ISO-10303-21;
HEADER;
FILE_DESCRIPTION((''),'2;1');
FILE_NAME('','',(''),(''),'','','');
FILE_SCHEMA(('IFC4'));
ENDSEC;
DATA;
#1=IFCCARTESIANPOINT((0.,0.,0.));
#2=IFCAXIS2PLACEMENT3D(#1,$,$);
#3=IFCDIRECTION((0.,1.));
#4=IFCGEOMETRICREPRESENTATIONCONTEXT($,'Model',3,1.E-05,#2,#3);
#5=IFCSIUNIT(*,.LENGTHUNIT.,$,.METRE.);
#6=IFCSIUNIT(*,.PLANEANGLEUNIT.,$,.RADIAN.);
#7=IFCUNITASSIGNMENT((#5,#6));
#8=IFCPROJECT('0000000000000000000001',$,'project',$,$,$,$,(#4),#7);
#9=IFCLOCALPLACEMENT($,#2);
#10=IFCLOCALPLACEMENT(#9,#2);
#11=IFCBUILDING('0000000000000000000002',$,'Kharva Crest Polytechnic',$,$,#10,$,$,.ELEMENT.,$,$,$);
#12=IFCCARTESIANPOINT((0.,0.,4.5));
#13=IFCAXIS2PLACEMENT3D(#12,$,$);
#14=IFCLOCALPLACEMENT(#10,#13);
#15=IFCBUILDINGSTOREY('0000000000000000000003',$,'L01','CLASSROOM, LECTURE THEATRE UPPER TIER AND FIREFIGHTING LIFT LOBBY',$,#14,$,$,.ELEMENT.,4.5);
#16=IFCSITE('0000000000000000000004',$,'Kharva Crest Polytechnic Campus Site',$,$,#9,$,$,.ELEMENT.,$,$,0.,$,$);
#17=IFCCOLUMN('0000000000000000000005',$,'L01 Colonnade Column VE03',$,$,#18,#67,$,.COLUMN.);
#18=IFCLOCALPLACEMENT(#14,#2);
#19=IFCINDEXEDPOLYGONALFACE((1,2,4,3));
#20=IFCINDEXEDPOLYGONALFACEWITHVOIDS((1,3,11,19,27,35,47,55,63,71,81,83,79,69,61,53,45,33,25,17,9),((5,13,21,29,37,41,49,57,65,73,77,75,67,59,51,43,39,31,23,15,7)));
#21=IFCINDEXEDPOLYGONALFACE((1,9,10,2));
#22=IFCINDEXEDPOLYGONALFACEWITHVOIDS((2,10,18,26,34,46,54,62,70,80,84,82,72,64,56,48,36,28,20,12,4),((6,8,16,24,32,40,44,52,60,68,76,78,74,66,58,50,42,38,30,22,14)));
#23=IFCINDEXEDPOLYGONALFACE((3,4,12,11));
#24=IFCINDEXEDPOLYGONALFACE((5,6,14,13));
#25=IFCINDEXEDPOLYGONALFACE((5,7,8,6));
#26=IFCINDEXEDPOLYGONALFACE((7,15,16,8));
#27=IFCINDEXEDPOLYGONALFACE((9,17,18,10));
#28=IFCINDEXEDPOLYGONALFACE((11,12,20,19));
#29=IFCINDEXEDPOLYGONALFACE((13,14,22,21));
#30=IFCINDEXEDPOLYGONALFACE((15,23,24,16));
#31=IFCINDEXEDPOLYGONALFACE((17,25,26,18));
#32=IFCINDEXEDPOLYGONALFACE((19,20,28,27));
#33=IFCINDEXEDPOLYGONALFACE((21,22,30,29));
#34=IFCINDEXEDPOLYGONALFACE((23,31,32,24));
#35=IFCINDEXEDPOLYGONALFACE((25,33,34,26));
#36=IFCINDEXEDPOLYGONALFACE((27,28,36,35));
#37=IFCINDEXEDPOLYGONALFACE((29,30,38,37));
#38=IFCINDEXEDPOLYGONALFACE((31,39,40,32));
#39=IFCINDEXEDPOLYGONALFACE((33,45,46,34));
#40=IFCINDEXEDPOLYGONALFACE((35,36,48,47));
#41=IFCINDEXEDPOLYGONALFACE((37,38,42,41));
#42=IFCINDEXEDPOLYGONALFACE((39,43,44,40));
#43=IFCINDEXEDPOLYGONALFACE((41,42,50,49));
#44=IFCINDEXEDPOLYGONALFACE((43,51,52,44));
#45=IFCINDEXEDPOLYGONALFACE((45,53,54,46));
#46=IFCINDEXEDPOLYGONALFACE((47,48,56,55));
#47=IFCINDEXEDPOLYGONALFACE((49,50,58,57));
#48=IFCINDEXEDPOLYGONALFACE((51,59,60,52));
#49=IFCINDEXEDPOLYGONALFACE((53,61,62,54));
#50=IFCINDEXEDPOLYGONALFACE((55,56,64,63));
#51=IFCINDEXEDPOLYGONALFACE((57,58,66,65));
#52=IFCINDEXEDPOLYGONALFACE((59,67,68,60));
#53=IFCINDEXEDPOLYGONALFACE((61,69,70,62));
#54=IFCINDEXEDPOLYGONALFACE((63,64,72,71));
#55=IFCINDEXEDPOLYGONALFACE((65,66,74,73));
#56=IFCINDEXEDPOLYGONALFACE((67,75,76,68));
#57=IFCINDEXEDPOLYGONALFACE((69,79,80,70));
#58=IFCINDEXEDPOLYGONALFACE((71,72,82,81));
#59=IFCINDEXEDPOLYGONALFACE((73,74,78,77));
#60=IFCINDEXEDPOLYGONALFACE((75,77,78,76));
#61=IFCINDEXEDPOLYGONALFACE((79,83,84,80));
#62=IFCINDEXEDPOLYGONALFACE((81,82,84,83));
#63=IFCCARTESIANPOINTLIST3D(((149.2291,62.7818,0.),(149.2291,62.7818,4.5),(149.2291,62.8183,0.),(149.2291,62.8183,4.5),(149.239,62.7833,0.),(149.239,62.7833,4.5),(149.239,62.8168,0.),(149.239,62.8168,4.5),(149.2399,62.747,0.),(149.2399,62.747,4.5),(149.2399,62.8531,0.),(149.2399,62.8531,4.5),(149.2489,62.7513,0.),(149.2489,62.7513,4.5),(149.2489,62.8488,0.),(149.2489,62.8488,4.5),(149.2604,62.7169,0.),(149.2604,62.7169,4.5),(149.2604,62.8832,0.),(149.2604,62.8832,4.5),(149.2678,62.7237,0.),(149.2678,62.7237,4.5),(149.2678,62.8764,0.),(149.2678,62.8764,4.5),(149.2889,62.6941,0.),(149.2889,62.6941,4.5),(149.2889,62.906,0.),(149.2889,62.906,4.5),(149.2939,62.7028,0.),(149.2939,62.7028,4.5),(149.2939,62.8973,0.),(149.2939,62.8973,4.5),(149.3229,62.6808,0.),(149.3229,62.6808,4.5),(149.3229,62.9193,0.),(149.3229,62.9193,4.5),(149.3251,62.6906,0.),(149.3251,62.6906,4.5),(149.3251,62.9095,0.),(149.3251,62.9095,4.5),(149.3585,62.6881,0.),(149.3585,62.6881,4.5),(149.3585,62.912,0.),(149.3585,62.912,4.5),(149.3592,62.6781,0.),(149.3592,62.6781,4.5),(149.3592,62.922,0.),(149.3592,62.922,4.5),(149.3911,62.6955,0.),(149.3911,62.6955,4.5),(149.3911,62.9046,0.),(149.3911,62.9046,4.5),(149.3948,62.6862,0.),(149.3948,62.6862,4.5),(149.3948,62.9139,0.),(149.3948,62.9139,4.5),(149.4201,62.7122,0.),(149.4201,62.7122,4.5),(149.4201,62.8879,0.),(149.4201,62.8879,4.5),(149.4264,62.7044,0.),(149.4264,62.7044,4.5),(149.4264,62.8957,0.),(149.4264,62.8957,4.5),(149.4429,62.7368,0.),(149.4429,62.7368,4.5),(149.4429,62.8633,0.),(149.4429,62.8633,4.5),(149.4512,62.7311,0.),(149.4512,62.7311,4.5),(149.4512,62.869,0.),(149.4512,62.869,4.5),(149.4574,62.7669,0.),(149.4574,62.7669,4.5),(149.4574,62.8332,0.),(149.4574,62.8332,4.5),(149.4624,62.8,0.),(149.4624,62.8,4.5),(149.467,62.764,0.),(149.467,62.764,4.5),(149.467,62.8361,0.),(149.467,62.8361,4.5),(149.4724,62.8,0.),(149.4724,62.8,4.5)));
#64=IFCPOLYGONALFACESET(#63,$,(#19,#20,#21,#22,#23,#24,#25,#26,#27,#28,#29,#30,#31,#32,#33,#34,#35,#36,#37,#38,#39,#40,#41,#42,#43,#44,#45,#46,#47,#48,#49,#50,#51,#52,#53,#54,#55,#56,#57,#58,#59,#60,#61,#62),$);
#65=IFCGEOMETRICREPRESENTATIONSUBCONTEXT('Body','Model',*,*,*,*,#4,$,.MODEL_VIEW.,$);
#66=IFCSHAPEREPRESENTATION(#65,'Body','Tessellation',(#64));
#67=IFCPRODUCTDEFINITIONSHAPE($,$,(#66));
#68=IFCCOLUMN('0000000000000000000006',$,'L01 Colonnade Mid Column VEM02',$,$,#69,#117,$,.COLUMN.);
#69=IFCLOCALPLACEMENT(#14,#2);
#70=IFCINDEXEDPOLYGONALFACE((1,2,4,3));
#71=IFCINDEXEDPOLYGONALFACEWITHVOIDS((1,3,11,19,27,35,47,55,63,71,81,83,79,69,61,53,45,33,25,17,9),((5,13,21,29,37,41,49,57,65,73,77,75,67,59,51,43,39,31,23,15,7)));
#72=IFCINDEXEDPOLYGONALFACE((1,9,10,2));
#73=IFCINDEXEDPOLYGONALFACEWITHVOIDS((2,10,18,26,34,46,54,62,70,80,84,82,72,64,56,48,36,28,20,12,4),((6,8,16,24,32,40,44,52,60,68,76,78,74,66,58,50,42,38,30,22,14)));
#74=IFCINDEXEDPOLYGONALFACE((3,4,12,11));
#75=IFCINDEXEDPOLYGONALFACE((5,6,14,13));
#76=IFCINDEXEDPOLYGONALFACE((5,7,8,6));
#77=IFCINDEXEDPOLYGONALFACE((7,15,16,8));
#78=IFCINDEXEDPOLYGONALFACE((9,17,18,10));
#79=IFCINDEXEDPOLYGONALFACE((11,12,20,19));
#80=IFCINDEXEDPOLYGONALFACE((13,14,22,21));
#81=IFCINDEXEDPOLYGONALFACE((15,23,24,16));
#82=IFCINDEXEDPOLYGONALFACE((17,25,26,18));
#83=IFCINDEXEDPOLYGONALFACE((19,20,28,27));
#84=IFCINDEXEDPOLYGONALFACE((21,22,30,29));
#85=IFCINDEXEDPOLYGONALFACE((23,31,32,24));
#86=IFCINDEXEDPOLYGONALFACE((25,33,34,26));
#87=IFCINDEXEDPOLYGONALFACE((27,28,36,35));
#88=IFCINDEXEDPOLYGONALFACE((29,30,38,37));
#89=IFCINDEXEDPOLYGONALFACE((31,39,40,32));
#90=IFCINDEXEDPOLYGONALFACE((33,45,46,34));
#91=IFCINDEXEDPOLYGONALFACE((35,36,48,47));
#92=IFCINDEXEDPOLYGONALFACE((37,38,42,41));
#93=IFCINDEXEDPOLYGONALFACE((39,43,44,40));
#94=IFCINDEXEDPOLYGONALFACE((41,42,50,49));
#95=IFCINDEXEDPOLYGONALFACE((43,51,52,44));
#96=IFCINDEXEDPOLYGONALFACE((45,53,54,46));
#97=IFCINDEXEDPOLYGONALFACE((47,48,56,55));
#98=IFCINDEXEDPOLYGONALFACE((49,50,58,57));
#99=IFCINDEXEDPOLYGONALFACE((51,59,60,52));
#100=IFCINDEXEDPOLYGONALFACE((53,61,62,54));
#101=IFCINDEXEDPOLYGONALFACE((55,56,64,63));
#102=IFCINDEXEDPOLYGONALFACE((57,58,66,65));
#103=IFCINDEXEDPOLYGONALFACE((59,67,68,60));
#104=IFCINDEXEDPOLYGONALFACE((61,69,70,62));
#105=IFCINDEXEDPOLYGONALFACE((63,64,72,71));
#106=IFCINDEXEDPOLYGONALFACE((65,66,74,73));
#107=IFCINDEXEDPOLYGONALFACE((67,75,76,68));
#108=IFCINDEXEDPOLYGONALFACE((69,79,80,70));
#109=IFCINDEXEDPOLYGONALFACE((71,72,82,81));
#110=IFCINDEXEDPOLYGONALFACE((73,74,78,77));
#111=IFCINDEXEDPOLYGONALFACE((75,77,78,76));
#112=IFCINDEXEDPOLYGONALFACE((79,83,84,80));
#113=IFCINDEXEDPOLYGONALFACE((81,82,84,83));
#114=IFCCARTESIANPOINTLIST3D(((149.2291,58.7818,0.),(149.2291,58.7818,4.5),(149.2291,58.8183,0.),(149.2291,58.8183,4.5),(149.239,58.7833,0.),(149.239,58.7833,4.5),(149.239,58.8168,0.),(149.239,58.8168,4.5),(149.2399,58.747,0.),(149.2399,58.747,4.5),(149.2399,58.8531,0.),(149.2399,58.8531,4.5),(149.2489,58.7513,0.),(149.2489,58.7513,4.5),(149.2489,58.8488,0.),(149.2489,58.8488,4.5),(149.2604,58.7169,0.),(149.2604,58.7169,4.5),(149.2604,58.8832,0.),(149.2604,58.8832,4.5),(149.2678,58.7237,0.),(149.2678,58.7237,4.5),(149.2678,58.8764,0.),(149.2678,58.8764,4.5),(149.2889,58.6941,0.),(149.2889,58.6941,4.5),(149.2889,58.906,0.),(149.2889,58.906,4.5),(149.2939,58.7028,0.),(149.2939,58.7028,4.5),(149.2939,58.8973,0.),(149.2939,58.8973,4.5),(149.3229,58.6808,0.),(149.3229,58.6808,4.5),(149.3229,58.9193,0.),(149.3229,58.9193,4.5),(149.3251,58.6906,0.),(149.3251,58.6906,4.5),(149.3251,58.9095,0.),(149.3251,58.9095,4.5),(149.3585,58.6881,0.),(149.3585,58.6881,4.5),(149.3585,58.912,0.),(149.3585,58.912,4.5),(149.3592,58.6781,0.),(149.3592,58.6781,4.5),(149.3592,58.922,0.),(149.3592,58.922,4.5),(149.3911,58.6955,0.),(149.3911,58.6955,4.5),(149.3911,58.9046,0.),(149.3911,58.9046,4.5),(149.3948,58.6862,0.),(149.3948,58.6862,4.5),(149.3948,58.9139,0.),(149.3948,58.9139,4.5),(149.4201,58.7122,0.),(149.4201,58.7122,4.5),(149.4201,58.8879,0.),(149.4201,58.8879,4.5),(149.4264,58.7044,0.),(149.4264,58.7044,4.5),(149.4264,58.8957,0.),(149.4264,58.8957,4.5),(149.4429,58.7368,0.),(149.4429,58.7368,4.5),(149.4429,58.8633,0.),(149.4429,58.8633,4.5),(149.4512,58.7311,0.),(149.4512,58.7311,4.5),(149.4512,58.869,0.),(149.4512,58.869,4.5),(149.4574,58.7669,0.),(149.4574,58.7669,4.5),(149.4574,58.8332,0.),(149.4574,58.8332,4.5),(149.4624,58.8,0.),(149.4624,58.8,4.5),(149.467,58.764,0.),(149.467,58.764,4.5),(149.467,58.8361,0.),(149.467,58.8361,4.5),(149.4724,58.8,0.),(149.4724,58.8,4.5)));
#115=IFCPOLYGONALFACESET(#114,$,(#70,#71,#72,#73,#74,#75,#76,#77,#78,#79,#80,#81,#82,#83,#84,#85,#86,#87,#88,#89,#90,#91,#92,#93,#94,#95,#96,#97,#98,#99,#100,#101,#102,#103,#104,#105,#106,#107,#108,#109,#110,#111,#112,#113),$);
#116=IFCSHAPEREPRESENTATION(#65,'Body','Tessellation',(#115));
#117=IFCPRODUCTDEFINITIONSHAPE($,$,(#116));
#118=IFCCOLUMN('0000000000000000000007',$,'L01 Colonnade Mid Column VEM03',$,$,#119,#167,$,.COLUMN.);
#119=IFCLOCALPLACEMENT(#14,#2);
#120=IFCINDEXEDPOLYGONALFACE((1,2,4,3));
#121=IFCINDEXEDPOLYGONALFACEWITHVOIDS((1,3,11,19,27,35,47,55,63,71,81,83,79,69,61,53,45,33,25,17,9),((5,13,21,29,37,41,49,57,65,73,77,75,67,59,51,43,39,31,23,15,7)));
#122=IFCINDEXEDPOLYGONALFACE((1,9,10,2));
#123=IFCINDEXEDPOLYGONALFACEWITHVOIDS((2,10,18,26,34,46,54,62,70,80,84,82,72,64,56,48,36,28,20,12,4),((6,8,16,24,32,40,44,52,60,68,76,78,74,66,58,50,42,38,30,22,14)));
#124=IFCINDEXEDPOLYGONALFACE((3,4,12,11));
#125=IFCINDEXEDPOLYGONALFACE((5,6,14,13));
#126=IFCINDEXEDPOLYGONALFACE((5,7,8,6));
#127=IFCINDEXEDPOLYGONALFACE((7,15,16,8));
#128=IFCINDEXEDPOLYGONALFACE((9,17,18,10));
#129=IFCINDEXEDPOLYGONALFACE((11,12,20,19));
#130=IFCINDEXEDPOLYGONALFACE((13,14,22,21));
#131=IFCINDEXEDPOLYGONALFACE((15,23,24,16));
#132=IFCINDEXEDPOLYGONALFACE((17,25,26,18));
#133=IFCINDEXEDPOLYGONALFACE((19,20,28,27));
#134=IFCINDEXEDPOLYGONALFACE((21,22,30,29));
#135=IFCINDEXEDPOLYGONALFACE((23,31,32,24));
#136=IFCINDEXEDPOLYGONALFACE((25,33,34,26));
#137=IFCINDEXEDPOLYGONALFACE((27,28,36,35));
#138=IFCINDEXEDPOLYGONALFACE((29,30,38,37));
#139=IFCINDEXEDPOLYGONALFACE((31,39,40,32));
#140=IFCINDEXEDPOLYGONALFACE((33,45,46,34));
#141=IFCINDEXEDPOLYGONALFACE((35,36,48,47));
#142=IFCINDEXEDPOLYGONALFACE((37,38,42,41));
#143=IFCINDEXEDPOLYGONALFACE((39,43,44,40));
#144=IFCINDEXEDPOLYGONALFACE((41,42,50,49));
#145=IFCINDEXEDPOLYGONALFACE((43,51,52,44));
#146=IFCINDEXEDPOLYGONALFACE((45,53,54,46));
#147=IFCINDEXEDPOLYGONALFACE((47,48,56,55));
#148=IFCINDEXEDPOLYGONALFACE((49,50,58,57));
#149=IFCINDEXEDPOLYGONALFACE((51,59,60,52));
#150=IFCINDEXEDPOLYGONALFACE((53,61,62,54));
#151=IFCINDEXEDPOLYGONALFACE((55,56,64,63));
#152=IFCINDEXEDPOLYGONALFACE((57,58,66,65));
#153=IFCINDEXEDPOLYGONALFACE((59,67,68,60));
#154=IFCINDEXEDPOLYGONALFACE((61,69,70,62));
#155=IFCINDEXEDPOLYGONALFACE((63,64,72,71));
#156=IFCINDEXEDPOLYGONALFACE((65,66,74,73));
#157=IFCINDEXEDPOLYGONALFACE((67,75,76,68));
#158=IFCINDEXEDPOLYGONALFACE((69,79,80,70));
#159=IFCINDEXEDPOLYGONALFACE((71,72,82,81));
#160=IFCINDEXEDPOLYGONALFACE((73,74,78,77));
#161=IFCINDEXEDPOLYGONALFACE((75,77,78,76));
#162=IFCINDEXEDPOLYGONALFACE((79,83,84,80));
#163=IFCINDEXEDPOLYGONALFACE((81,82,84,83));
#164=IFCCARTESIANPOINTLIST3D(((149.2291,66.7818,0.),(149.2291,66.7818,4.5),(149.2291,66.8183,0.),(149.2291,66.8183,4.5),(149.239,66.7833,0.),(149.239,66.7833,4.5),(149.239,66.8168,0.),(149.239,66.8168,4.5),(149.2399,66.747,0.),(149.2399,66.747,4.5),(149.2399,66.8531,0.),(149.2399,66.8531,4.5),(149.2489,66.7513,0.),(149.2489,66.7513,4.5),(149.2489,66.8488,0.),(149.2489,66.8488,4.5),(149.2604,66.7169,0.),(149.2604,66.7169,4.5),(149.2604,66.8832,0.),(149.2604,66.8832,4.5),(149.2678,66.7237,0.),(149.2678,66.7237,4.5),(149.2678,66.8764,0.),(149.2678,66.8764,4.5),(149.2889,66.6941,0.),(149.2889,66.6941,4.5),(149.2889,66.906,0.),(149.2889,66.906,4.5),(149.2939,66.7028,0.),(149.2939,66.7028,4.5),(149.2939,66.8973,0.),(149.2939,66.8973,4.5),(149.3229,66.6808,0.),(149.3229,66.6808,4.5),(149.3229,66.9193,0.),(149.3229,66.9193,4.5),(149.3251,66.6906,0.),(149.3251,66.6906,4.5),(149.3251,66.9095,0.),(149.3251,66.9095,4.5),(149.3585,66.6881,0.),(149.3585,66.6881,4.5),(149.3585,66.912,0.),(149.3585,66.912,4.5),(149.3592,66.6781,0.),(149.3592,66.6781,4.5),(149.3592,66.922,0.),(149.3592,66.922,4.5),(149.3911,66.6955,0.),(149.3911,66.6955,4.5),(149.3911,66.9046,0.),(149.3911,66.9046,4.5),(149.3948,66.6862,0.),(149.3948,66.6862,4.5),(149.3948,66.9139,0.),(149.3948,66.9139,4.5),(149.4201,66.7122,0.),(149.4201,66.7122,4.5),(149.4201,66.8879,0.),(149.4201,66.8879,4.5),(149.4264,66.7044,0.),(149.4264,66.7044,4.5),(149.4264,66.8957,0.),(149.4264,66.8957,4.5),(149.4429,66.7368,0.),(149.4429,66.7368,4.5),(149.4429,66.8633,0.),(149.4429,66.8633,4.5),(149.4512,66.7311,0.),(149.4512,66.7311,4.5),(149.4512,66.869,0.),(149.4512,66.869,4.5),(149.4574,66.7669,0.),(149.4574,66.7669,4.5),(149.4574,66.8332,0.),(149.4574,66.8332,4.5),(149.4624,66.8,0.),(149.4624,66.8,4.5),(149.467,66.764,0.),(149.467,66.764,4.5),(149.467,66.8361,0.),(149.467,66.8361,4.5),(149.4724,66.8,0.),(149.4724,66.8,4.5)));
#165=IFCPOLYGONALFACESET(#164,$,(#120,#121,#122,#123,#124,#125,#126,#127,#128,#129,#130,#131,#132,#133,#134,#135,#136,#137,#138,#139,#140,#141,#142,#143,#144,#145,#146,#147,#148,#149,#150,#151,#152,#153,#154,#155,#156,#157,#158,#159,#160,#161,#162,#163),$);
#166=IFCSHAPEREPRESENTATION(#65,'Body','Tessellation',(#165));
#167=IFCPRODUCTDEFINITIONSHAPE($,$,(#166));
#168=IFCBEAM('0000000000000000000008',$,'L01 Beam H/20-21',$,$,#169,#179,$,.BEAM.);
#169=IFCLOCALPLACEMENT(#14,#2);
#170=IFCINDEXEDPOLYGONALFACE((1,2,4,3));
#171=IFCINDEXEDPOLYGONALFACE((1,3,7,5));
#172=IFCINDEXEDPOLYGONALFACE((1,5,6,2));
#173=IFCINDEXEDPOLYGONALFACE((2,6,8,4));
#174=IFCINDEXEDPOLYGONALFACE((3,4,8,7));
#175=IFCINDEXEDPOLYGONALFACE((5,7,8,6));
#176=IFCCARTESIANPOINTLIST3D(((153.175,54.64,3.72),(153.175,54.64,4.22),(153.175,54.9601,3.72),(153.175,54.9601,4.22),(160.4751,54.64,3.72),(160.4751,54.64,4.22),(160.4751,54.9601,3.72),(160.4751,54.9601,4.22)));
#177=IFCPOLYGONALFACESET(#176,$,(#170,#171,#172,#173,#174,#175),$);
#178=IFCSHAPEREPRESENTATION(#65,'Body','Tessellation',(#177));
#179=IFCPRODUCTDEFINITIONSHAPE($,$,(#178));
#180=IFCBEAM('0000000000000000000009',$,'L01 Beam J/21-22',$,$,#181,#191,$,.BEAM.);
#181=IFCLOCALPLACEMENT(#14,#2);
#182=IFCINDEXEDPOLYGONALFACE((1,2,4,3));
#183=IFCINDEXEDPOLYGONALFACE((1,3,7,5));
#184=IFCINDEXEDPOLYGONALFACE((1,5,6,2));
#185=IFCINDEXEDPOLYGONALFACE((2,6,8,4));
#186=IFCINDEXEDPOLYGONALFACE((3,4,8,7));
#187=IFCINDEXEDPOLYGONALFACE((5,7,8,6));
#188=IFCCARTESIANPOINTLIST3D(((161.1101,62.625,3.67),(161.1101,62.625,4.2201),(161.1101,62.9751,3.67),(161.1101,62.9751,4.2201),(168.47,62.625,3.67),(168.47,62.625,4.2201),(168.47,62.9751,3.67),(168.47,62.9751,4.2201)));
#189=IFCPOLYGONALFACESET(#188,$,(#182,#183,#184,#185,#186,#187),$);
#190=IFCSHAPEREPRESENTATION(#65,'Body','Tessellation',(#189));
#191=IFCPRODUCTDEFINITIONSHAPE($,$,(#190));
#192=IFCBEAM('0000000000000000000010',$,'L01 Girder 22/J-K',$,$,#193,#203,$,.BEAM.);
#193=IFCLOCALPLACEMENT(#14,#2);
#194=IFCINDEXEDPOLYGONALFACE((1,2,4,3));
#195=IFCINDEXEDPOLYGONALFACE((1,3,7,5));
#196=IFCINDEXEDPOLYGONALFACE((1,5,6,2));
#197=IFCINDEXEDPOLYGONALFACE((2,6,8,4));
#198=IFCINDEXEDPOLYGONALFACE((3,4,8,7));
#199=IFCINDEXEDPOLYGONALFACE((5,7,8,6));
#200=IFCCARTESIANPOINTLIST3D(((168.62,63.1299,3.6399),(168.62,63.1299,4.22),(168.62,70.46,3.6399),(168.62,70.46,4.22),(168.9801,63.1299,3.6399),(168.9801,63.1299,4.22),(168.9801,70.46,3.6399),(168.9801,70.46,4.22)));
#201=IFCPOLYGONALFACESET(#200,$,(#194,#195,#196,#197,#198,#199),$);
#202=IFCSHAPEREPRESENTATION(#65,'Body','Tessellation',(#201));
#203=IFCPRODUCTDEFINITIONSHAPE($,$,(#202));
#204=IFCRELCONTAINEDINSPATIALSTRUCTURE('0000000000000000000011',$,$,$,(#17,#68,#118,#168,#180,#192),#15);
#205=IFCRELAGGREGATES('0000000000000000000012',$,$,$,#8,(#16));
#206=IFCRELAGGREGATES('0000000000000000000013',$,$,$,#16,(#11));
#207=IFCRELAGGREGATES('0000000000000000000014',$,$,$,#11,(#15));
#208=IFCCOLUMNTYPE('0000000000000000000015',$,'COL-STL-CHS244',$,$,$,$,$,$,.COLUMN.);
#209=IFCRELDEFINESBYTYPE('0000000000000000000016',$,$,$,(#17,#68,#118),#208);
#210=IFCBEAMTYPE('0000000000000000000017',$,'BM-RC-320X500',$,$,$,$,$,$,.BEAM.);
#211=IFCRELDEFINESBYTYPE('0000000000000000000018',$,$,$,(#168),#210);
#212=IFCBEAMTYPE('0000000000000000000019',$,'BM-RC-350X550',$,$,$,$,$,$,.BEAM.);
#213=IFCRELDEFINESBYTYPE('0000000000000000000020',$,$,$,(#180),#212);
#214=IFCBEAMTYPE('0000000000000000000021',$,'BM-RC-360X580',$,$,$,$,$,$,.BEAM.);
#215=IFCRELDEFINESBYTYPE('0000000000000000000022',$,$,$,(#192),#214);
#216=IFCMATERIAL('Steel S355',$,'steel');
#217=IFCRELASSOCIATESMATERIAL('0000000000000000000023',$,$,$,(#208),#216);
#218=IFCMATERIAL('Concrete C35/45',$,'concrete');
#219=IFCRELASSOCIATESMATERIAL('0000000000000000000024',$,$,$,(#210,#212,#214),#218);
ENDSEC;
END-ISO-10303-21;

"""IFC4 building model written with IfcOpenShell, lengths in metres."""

from ifc_helpers import new_model, si_unit, direction, frame, origin, origin_2d, place, context, subcontext, project, spatial, rectangle, hollow_circle, extrude, material, material_profile, profile_set, type_object, element, save


model = new_model("IFC4")

# Units and contexts
model_context = context("Model", 3, precision=1e-05, world=origin(), true_north=direction((0.0, 1.0)))
body_context = subcontext(model_context, "Body", "Model", "MODEL_VIEW")
ifc_project = project(units=[si_unit("LENGTHUNIT", "METRE"), si_unit("PLANEANGLEUNIT", "RADIAN")], contexts=[model_context])

# Site, building, storey
site_placement = place(None, origin())
site = spatial("IfcSite", under=ifc_project, at=site_placement, Name="Kharva Crest Polytechnic Campus Site", CompositionType="ELEMENT", RefElevation=0.0)
building_placement = place(site_placement, origin())
building = spatial("IfcBuilding", under=site, at=building_placement, Name="Kharva Crest Polytechnic", CompositionType="ELEMENT")
storey_placement = place(building_placement, frame((0.0, 0.0, 4.5)))
storey = spatial("IfcBuildingStorey", under=building, at=storey_placement, Name="L01", Description="CLASSROOM, LECTURE THEATRE UPPER TIER AND FIREFIGHTING LIFT LOBBY", CompositionType="ELEMENT", Elevation=4.5)

# Columns
ifc_material_1 = material(Name="Steel S355", Category="steel")
ifc_material_profile_1 = material_profile(ifc_material_1, hollow_circle(Radius=0.1223, WallThickness=0.01, at=origin_2d()), Name="CHS 244.5X10.0")
ifc_profile_set_1 = profile_set([ifc_material_profile_1], Name="Steel S355")
column_type_1 = type_object("IfcColumnType", Name="COL-STL-CHS244", PredefinedType="COLUMN", material=ifc_profile_set_1)
for number, where, z_axis, x_axis, name in (
    (1, (149.3501, 62.8, 0.0), (0.0, 0.0, 1.0), (1.0, 0.0, 0.0), "L01 Colonnade Column VE03"),
    (2, (149.3501, 58.8, 0.0), (0.0, 0.0, 1.0), (1.0, 0.0, 0.0), "L01 Colonnade Mid Column VEM02"),
    (3, (149.3501, 66.8, 0.0), (0.0, 0.0, 1.0), (1.0, 0.0, 0.0), "L01 Colonnade Mid Column VEM03"),
):
    element("IfcColumn", number, at=place(storey_placement, frame(where, z_axis=z_axis, x_axis=x_axis)), inside=storey, type_object=column_type_1, Name=name, PredefinedType="COLUMN", context=body_context, shape_type="SweptSolid", body=[
        extrude(hollow_circle(Radius=0.1223, WallThickness=0.01, at=origin_2d()), origin(), (0.0, 0.0, 1.0), 4.5),
    ])

# Beams
ifc_material_2 = material(Name="Concrete C35/45", Category="concrete")
ifc_material_profile_2 = material_profile(ifc_material_2, rectangle(XDim=0.3201, YDim=0.5, at=origin_2d()), Name="RECT 320 X 500")
ifc_profile_set_2 = profile_set([ifc_material_profile_2], Name="Concrete C35/45")
beam_type_1 = type_object("IfcBeamType", Name="BM-RC-320X500", PredefinedType="BEAM", material=ifc_profile_set_2)
beam_1_placement = place(storey_placement, frame((153.175, 54.8, 3.97), z_axis=(1.0, 0.0, 0.0), x_axis=(0.0, 1.0, 0.0)))
element("IfcBeam", 4, at=beam_1_placement, inside=storey, type_object=beam_type_1, Name="L01 Beam H/20-21", PredefinedType="BEAM", context=body_context, shape_type="SweptSolid", body=[
    extrude(rectangle(XDim=0.3201, YDim=0.5, at=origin_2d()), origin(), (0.0, 0.0, 1.0), 7.3),
])
ifc_material_profile_3 = material_profile(ifc_material_2, rectangle(XDim=0.3501, YDim=0.55, at=origin_2d()), Name="RECT 350 X 550")
ifc_profile_set_3 = profile_set([ifc_material_profile_3], Name="Concrete C35/45")
beam_type_2 = type_object("IfcBeamType", Name="BM-RC-350X550", PredefinedType="BEAM", material=ifc_profile_set_3)
beam_2_placement = place(storey_placement, frame((161.1101, 62.8, 3.9451), z_axis=(1.0, 0.0, 0.0), x_axis=(0.0, 1.0, 0.0)))
element("IfcBeam", 5, at=beam_2_placement, inside=storey, type_object=beam_type_2, Name="L01 Beam J/21-22", PredefinedType="BEAM", context=body_context, shape_type="SweptSolid", body=[
    extrude(rectangle(XDim=0.3501, YDim=0.55, at=origin_2d()), origin(), (0.0, 0.0, 1.0), 7.3599),
])
ifc_material_profile_4 = material_profile(ifc_material_2, rectangle(XDim=0.3601, YDim=0.5801, at=origin_2d()), Name="RECT 360 X 580")
ifc_profile_set_4 = profile_set([ifc_material_profile_4], Name="Concrete C35/45")
beam_type_3 = type_object("IfcBeamType", Name="BM-RC-360X580", PredefinedType="BEAM", material=ifc_profile_set_4)
beam_3_placement = place(storey_placement, frame((168.8, 63.1299, 3.9299), z_axis=(0.0, 1.0, 0.0), x_axis=(-1.0, 0.0, 0.0)))
element("IfcBeam", 6, at=beam_3_placement, inside=storey, type_object=beam_type_3, Name="L01 Girder 22/J-K", PredefinedType="BEAM", context=body_context, shape_type="SweptSolid", body=[
    extrude(rectangle(XDim=0.3601, YDim=0.5801, at=origin_2d()), origin(), (0.0, 0.0, 1.0), 7.3301),
])

save(model, "model.ifc")
